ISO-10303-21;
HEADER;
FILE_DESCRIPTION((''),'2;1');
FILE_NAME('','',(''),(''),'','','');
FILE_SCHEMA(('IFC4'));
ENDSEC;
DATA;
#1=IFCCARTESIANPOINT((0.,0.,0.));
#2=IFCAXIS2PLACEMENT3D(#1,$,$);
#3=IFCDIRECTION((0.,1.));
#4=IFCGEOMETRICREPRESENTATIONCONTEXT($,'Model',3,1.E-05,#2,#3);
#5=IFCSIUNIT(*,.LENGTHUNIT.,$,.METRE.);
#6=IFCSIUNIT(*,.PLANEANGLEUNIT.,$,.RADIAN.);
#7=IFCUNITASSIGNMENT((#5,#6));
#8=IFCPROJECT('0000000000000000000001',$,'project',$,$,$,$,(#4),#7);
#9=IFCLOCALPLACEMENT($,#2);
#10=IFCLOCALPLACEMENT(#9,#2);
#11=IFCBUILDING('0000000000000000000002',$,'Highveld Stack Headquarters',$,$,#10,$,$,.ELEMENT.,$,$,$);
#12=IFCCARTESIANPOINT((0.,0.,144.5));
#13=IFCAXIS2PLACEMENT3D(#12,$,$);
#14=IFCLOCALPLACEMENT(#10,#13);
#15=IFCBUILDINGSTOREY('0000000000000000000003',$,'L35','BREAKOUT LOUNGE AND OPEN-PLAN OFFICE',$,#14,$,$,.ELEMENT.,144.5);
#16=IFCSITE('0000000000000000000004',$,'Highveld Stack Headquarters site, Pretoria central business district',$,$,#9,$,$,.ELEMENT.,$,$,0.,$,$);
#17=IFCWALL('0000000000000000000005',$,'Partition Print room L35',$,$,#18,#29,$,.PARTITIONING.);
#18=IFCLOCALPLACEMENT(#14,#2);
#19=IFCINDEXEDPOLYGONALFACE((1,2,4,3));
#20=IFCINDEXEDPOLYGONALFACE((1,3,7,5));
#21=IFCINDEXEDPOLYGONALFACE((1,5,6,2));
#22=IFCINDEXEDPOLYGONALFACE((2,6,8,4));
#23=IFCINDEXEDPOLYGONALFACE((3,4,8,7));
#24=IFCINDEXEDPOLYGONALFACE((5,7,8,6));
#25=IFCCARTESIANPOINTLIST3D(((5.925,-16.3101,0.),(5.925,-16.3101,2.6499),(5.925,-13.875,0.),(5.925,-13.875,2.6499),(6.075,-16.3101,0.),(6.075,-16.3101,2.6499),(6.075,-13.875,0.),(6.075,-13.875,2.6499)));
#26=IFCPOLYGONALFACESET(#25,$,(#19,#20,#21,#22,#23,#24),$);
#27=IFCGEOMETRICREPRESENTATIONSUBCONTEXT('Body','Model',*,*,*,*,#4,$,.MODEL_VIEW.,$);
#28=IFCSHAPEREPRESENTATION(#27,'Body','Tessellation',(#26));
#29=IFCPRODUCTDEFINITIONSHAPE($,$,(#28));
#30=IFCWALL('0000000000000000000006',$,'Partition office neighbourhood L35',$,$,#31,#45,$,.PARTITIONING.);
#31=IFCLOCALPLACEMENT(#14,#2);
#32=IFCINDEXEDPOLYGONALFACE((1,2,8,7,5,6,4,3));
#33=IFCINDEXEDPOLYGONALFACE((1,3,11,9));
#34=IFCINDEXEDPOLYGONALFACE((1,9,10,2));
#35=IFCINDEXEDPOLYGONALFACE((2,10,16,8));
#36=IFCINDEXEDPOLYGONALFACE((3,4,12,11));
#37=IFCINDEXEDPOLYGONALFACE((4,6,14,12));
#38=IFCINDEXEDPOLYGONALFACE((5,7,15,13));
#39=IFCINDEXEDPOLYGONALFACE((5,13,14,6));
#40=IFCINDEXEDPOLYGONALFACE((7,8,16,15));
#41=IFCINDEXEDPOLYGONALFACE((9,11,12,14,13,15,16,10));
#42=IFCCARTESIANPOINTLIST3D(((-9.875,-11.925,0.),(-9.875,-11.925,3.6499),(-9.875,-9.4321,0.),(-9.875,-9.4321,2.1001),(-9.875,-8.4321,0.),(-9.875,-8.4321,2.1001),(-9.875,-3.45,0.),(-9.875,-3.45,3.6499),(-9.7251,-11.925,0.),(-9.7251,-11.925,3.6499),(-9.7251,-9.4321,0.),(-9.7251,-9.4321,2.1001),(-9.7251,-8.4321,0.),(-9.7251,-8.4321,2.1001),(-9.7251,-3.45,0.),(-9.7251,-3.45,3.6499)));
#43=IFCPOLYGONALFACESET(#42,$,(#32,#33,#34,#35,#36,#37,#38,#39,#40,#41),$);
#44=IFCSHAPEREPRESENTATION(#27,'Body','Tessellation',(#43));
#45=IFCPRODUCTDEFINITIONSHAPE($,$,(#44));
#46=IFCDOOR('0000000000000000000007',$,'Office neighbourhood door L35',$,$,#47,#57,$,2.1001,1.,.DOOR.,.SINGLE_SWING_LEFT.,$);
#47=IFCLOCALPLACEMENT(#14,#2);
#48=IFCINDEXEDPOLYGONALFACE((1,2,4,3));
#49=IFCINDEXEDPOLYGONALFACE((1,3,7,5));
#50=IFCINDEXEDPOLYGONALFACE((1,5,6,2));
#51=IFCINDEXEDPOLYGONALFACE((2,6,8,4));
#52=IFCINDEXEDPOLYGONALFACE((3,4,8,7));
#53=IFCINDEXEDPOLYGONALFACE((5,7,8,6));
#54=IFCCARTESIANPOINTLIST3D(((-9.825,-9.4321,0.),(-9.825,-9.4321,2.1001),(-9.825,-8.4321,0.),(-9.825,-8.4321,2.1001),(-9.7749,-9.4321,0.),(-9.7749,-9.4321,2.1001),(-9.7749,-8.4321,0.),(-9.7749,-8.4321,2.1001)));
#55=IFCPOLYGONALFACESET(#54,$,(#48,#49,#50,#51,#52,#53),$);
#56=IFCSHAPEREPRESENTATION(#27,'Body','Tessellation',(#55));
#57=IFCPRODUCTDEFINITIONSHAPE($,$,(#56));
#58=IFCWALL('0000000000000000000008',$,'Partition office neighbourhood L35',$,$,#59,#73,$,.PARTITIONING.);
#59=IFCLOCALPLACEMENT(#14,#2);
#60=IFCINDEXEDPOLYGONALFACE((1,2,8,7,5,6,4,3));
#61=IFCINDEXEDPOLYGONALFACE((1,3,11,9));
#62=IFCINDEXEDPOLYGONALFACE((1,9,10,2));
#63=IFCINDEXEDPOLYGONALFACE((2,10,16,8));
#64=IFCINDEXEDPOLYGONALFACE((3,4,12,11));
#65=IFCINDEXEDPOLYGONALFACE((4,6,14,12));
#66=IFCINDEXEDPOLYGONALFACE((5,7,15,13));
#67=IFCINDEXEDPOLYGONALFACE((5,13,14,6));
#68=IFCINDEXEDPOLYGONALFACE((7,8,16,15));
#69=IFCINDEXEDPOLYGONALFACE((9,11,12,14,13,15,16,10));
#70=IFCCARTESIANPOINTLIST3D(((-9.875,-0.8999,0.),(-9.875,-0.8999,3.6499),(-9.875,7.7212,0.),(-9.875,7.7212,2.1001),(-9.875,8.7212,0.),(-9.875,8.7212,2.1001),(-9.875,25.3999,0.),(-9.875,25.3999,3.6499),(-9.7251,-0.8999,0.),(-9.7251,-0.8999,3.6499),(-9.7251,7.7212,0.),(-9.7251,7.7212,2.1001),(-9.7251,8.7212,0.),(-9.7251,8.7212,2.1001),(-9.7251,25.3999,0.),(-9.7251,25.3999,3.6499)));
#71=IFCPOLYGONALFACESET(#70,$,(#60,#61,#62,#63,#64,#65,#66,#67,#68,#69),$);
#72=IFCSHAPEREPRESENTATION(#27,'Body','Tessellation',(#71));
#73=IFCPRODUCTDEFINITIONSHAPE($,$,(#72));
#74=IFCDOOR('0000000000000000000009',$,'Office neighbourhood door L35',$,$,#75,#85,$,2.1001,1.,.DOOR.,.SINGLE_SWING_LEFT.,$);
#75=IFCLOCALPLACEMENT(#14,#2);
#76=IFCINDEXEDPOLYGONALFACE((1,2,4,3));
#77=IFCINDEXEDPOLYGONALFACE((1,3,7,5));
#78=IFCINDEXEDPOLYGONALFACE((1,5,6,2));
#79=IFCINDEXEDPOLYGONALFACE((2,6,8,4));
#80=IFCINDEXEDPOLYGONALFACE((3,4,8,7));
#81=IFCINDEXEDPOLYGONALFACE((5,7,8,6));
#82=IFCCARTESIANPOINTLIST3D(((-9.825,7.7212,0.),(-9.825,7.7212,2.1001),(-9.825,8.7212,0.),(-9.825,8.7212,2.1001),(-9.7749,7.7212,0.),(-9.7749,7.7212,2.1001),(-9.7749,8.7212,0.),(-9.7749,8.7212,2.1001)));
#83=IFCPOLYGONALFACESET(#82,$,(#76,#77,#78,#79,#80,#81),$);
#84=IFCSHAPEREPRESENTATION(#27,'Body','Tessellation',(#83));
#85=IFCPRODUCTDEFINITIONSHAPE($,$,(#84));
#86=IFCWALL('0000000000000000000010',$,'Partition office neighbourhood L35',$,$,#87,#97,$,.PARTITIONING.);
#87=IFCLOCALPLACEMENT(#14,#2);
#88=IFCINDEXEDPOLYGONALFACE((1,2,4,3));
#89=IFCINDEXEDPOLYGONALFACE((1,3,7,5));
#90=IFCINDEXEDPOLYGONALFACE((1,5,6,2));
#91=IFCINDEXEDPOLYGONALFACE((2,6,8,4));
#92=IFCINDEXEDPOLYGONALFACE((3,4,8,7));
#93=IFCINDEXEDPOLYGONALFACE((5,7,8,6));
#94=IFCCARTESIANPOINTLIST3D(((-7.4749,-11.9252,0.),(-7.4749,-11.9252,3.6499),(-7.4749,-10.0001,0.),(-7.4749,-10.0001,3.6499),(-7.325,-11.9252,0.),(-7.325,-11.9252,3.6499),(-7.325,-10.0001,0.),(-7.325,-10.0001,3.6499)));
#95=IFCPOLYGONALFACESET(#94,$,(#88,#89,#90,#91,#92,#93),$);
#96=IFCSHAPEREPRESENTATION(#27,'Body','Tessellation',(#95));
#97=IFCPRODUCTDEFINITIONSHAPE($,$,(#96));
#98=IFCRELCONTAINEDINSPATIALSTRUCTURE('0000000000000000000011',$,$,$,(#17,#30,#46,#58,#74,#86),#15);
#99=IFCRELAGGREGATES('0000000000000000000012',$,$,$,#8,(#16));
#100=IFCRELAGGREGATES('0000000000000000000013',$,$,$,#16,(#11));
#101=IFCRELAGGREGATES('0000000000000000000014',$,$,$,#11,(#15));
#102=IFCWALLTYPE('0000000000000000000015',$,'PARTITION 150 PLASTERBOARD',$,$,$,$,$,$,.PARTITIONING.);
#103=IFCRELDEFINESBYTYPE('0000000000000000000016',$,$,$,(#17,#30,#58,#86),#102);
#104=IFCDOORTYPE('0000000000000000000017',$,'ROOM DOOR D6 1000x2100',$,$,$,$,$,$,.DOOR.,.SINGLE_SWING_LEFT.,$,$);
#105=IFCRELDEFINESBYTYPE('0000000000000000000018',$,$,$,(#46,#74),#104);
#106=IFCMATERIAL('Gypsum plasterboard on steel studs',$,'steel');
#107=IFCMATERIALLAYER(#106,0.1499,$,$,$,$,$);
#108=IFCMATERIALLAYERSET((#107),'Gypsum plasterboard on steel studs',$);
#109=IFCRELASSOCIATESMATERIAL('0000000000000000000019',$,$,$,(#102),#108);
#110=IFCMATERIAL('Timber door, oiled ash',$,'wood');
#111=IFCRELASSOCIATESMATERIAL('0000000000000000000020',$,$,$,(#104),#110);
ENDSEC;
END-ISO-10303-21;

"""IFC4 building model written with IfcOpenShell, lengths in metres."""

from ifc_helpers import new_model, si_unit, direction, frame, frame_2d, origin, place, context, subcontext, project, spatial, rectangle, extrude, material, layer, layer_set, type_object, element, fill, save


model = new_model("IFC4")

# Units and contexts
model_context = context("Model", 3, precision=1e-05, world=origin(), true_north=direction((0.0, 1.0)))
body_context = subcontext(model_context, "Body", "Model", "MODEL_VIEW")
ifc_project = project(units=[si_unit("LENGTHUNIT", "METRE"), si_unit("PLANEANGLEUNIT", "RADIAN")], contexts=[model_context])

# Site, building, storey
site_placement = place(None, origin())
site = spatial("IfcSite", under=ifc_project, at=site_placement, Name="Highveld Stack Headquarters site, Pretoria central business district", CompositionType="ELEMENT", RefElevation=0.0)
building_placement = place(site_placement, origin())
building = spatial("IfcBuilding", under=site, at=building_placement, Name="Highveld Stack Headquarters", CompositionType="ELEMENT")
storey_placement = place(building_placement, frame((0.0, 0.0, 144.5)))
storey = spatial("IfcBuildingStorey", under=building, at=storey_placement, Name="L35", Description="BREAKOUT LOUNGE AND OPEN-PLAN OFFICE", CompositionType="ELEMENT", Elevation=144.5)

# Wall
ifc_material_1 = material(Name="Gypsum plasterboard on steel studs", Category="steel")
ifc_layer_1 = layer(ifc_material_1, 0.1499)
ifc_layer_set_1 = layer_set([ifc_layer_1], Name="Gypsum plasterboard on steel studs")
wall_type_1 = type_object("IfcWallType", Name="PARTITION 150 PLASTERBOARD", PredefinedType="PARTITIONING", material=ifc_layer_set_1)
wall_1_placement = place(storey_placement, frame((6.0, -16.3101, 0.0), z_axis=(0.0, 0.0, 1.0), x_axis=(0.0, 1.0, 0.0)))
element("IfcWall", 1, at=wall_1_placement, inside=storey, type_object=wall_type_1, Name="Partition Print room L35", PredefinedType="PARTITIONING", context=body_context, shape_type="SweptSolid", body=[
    extrude(rectangle(XDim=2.4351, YDim=0.1499, at=frame_2d((1.2175, 0.0))), origin(), (0.0, 0.0, 1.0), 2.6499),
])

# Walls, openings, doors
wall_2_placement = place(storey_placement, frame((-9.8, -11.925, 0.0), z_axis=(0.0, 0.0, 1.0), x_axis=(0.0, 1.0, 0.0)))
wall_2 = element("IfcWall", 2, at=wall_2_placement, inside=storey, type_object=wall_type_1, Name="Partition office neighbourhood L35", PredefinedType="PARTITIONING", context=body_context, shape_type="SweptSolid", body=[
    extrude(rectangle(XDim=8.4751, YDim=0.1499, at=frame_2d((4.2375, 0.0))), origin(), (0.0, 0.0, 1.0), 3.6499),
])
opening_1_placement = place(wall_2_placement, frame((2.4929, 0.0, 0.0)))
opening_1 = element("IfcOpeningElement", 3, at=opening_1_placement, cuts=wall_2, PredefinedType="OPENING", context=body_context, shape_type="SweptSolid", body=[
    extrude(rectangle(XDim=1.0, YDim=2.1001, at=frame_2d((0.5, 1.05))), frame((0.0, 0.085, 0.0), z_axis=(0.0, -1.0, 0.0), x_axis=(1.0, 0.0, 0.0)), (0.0, 0.0, 1.0), 0.1699),
])
ifc_material_2 = material(Name="Timber door, oiled ash", Category="wood")
door_type_1 = type_object("IfcDoorType", Name="ROOM DOOR D6 1000x2100", OperationType="SINGLE_SWING_LEFT", PredefinedType="DOOR", material=ifc_material_2)
door_1_placement = place(opening_1_placement, origin())
door_1 = element("IfcDoor", 4, at=door_1_placement, inside=storey, type_object=door_type_1, Name="Office neighbourhood door L35", OperationType="SINGLE_SWING_LEFT", OverallHeight=2.1001, OverallWidth=1.0, PredefinedType="DOOR", context=body_context, shape_type="SweptSolid", body=[
    extrude(rectangle(XDim=1.0, YDim=2.1001, at=frame_2d((0.5, 1.05))), frame((0.0, 0.0249, 0.0), z_axis=(0.0, -1.0, 0.0), x_axis=(1.0, 0.0, 0.0)), (0.0, 0.0, 1.0), 0.05),
])
fill(opening_1, door_1)
wall_3_placement = place(storey_placement, frame((-9.8, -0.8999, 0.0), z_axis=(0.0, 0.0, 1.0), x_axis=(0.0, 1.0, 0.0)))
wall_3 = element("IfcWall", 5, at=wall_3_placement, inside=storey, type_object=wall_type_1, Name="Partition office neighbourhood L35", PredefinedType="PARTITIONING", context=body_context, shape_type="SweptSolid", body=[
    extrude(rectangle(XDim=26.2998, YDim=0.1499, at=frame_2d((13.1499, 0.0))), origin(), (0.0, 0.0, 1.0), 3.6499),
])
opening_2_placement = place(wall_3_placement, frame((8.6211, 0.0, 0.0)))
opening_2 = element("IfcOpeningElement", 6, at=opening_2_placement, cuts=wall_3, PredefinedType="OPENING", context=body_context, shape_type="SweptSolid", body=[
    extrude(rectangle(XDim=1.0, YDim=2.1001, at=frame_2d((0.5, 1.05))), frame((0.0, 0.085, 0.0), z_axis=(0.0, -1.0, 0.0), x_axis=(1.0, 0.0, 0.0)), (0.0, 0.0, 1.0), 0.1699),
])
door_2_placement = place(opening_2_placement, origin())
door_2 = element("IfcDoor", 7, at=door_2_placement, inside=storey, type_object=door_type_1, Name="Office neighbourhood door L35", OperationType="SINGLE_SWING_LEFT", OverallHeight=2.1001, OverallWidth=1.0, PredefinedType="DOOR", context=body_context, shape_type="SweptSolid", body=[
    extrude(rectangle(XDim=1.0, YDim=2.1001, at=frame_2d((0.5, 1.05))), frame((0.0, 0.0249, 0.0), z_axis=(0.0, -1.0, 0.0), x_axis=(1.0, 0.0, 0.0)), (0.0, 0.0, 1.0), 0.05),
])
fill(opening_2, door_2)

# Wall
wall_4_placement = place(storey_placement, frame((-7.3999, -11.925, 0.0), z_axis=(0.0, 0.0, 1.0), x_axis=(0.0, 1.0, 0.0)))
element("IfcWall", 8, at=wall_4_placement, inside=storey, type_object=wall_type_1, Name="Partition office neighbourhood L35", PredefinedType="PARTITIONING", context=body_context, shape_type="SweptSolid", body=[
    extrude(rectangle(XDim=1.925, YDim=0.1499, at=frame_2d((0.9624, 0.0))), origin(), (0.0, 0.0, 1.0), 3.6499),
])

save(model, "model.ifc")
